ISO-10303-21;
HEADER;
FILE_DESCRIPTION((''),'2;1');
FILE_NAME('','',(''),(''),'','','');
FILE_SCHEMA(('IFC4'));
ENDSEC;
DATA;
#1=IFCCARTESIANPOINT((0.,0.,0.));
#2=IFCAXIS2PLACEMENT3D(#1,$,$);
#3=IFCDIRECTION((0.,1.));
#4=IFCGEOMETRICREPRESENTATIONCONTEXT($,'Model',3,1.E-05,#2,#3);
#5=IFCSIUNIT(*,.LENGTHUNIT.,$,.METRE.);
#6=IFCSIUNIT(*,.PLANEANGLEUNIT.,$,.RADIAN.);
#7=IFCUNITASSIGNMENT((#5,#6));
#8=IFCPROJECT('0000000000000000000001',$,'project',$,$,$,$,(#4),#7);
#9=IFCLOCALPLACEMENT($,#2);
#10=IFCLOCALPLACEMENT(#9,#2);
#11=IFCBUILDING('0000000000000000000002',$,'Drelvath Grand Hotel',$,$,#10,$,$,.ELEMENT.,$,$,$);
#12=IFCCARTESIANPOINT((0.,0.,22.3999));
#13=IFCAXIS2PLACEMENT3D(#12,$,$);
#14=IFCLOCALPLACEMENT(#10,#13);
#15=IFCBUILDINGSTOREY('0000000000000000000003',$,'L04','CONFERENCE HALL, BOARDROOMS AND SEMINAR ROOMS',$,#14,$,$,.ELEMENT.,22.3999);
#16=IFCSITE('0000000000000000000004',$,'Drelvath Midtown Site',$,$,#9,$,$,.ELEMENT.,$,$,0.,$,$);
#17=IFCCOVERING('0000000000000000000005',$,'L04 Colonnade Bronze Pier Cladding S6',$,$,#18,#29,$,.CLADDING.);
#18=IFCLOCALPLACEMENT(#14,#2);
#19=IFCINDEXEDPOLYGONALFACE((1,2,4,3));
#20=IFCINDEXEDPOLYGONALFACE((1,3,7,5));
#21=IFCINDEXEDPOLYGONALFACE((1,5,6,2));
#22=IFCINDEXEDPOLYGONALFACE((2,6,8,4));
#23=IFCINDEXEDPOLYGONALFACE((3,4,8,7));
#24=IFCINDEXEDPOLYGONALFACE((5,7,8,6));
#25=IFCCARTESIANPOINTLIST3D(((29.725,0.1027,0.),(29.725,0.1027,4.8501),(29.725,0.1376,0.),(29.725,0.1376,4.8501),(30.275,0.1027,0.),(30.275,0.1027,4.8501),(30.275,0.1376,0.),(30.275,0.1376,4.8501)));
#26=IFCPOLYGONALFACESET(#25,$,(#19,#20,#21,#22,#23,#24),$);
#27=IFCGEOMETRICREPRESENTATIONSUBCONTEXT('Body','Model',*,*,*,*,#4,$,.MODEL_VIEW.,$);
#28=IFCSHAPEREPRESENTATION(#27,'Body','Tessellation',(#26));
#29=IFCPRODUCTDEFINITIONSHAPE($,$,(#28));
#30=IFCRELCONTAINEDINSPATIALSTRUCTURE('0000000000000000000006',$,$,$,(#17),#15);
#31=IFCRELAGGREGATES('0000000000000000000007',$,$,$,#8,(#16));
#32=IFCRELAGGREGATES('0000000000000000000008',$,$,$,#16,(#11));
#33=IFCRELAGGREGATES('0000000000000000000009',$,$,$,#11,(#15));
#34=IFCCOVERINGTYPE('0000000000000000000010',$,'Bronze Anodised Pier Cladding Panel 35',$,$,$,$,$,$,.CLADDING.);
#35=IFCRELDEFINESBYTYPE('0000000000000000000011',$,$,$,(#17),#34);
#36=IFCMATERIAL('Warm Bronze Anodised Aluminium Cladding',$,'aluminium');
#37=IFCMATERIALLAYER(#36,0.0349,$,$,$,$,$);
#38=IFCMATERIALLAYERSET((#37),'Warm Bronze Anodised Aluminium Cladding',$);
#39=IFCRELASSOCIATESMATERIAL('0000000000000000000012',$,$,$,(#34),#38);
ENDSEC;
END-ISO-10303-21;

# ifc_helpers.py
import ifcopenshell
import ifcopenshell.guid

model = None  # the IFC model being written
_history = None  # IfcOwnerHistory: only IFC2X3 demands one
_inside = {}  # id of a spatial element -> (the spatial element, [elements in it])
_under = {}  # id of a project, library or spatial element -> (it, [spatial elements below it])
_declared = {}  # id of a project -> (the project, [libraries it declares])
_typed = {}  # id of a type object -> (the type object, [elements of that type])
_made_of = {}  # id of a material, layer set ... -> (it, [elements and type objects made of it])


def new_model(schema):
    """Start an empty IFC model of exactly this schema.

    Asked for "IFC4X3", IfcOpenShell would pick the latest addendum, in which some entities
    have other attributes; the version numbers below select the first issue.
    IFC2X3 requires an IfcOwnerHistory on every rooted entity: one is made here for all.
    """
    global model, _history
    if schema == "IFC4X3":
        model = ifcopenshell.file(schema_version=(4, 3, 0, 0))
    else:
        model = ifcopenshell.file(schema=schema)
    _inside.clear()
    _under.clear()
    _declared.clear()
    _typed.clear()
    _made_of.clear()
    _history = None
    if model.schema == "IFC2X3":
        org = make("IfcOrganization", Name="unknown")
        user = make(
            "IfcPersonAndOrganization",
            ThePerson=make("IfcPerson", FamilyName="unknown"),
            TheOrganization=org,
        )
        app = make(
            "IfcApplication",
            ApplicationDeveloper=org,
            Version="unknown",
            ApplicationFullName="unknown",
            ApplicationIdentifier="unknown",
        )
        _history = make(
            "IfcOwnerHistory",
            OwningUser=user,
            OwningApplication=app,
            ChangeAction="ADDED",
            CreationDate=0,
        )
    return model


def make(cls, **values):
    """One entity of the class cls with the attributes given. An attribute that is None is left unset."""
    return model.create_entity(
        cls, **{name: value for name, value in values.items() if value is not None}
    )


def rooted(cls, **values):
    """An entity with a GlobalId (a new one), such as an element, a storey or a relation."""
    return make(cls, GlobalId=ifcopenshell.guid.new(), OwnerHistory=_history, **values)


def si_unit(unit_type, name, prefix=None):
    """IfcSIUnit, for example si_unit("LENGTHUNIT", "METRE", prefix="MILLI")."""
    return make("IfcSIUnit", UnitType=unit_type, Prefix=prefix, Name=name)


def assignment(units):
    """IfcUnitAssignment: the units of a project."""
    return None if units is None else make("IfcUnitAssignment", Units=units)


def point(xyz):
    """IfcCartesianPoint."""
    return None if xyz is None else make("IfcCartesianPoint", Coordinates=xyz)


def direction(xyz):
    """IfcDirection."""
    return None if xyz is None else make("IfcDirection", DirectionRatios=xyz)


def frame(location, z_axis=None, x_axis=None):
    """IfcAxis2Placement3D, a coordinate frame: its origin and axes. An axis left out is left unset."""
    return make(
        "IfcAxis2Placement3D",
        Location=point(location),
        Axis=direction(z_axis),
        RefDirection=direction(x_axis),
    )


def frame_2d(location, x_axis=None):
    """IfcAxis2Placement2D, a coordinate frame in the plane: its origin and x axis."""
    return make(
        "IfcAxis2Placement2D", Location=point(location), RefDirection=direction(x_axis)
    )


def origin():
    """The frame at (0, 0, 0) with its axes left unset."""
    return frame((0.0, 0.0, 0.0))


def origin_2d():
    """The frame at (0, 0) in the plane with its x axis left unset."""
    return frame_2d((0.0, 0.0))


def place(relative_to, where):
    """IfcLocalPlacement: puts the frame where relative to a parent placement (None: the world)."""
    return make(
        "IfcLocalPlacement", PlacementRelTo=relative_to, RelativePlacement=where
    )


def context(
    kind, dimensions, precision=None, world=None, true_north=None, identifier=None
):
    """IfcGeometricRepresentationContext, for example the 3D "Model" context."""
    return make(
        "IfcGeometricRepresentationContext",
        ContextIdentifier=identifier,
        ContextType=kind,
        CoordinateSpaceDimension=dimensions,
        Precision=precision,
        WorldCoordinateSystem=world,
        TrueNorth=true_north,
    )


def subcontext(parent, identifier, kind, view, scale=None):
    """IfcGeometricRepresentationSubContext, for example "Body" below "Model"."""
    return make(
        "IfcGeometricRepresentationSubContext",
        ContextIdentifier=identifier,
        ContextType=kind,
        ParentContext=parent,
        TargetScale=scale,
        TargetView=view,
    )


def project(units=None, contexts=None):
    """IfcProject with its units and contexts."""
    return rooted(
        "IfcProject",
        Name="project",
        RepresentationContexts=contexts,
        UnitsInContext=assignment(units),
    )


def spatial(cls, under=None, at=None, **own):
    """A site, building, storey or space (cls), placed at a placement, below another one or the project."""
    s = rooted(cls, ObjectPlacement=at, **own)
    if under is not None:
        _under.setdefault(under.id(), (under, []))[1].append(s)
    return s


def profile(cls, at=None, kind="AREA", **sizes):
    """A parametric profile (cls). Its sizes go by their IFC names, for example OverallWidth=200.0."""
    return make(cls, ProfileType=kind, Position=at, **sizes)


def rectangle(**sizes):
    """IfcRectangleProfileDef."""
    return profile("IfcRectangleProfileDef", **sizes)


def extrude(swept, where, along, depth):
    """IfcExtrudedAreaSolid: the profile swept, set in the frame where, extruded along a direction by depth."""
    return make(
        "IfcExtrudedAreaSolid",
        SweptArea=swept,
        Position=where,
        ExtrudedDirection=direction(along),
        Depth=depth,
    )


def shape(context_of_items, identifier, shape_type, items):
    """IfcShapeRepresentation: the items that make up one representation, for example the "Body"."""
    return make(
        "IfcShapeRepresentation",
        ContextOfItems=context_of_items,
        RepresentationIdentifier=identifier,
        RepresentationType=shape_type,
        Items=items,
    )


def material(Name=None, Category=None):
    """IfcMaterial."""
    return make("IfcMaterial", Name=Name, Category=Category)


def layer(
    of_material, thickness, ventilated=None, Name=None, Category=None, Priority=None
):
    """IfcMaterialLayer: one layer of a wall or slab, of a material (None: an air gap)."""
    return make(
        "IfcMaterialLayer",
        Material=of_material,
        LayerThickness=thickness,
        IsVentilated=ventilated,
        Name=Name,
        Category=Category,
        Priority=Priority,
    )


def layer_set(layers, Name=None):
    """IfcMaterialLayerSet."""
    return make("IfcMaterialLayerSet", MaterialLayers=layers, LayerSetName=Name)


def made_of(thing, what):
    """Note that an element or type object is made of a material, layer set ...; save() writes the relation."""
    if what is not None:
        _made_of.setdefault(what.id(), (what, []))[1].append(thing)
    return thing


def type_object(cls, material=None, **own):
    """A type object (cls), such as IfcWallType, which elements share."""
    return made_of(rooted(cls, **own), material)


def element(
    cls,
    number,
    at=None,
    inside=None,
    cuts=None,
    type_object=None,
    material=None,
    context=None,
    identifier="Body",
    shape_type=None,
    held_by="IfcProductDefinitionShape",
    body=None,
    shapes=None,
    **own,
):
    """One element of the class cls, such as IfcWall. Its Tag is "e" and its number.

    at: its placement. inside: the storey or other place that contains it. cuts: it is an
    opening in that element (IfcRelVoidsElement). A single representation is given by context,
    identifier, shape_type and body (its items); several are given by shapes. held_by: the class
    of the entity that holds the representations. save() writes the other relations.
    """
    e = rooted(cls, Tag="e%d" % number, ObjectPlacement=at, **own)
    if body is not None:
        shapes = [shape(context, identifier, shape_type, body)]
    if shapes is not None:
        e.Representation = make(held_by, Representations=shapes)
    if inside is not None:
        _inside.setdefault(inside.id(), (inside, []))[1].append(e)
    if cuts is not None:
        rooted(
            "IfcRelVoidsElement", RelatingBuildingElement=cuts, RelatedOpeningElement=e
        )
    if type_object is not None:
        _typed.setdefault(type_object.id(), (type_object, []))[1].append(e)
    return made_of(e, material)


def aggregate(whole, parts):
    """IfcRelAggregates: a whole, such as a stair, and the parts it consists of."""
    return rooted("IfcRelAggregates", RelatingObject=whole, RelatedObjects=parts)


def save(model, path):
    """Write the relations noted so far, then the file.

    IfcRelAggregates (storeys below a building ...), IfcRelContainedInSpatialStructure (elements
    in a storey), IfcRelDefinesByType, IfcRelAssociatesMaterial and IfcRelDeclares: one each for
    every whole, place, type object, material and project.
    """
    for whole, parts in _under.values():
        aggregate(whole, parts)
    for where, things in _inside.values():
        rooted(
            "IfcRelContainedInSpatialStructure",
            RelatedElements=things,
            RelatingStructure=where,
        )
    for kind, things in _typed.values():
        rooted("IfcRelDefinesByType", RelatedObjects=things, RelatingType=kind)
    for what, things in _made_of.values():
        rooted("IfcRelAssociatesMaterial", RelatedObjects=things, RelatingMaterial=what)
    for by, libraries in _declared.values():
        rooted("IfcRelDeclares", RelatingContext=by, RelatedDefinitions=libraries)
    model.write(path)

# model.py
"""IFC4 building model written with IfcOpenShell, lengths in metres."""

from ifc_helpers import new_model, si_unit, direction, frame, origin, origin_2d, place, context, subcontext, project, spatial, rectangle, extrude, material, layer, layer_set, type_object, element, save


model = new_model("IFC4")

# Units and contexts
model_context = context("Model", 3, precision=1e-05, world=origin(), true_north=direction((0.0, 1.0)))
body_context = subcontext(model_context, "Body", "Model", "MODEL_VIEW")
ifc_project = project(units=[si_unit("LENGTHUNIT", "METRE"), si_unit("PLANEANGLEUNIT", "RADIAN")], contexts=[model_context])

# Site, building, storey
site_placement = place(None, origin())
site = spatial("IfcSite", under=ifc_project, at=site_placement, Name="Drelvath Midtown Site", CompositionType="ELEMENT", RefElevation=0.0)
building_placement = place(site_placement, origin())
building = spatial("IfcBuilding", under=site, at=building_placement, Name="Drelvath Grand Hotel", CompositionType="ELEMENT")
storey_placement = place(building_placement, frame((0.0, 0.0, 22.3999)))
storey = spatial("IfcBuildingStorey", under=building, at=storey_placement, Name="L04", Description="CONFERENCE HALL, BOARDROOMS AND SEMINAR ROOMS", CompositionType="ELEMENT", Elevation=22.3999)

# Covering
ifc_material_1 = material(Name="Warm Bronze Anodised Aluminium Cladding", Category="aluminium")
ifc_layer_1 = layer(ifc_material_1, 0.0349)
ifc_layer_set_1 = layer_set([ifc_layer_1], Name="Warm Bronze Anodised Aluminium Cladding")
covering_type = type_object("IfcCoveringType", Name="Bronze Anodised Pier Cladding Panel 35", PredefinedType="CLADDING", material=ifc_layer_set_1)
covering_placement = place(storey_placement, frame((30.0, 0.1201, 0.0), z_axis=(0.0, 0.0, 1.0), x_axis=(1.0, 0.0, 0.0)))
element("IfcCovering", 1, at=covering_placement, inside=storey, type_object=covering_type, Name="L04 Colonnade Bronze Pier Cladding S6", PredefinedType="CLADDING", context=body_context, shape_type="SweptSolid", body=[
    extrude(rectangle(XDim=0.55, YDim=0.0349, at=origin_2d()), origin(), (0.0, 0.0, 1.0), 4.8501),
])

save(model, "model.ifc")
